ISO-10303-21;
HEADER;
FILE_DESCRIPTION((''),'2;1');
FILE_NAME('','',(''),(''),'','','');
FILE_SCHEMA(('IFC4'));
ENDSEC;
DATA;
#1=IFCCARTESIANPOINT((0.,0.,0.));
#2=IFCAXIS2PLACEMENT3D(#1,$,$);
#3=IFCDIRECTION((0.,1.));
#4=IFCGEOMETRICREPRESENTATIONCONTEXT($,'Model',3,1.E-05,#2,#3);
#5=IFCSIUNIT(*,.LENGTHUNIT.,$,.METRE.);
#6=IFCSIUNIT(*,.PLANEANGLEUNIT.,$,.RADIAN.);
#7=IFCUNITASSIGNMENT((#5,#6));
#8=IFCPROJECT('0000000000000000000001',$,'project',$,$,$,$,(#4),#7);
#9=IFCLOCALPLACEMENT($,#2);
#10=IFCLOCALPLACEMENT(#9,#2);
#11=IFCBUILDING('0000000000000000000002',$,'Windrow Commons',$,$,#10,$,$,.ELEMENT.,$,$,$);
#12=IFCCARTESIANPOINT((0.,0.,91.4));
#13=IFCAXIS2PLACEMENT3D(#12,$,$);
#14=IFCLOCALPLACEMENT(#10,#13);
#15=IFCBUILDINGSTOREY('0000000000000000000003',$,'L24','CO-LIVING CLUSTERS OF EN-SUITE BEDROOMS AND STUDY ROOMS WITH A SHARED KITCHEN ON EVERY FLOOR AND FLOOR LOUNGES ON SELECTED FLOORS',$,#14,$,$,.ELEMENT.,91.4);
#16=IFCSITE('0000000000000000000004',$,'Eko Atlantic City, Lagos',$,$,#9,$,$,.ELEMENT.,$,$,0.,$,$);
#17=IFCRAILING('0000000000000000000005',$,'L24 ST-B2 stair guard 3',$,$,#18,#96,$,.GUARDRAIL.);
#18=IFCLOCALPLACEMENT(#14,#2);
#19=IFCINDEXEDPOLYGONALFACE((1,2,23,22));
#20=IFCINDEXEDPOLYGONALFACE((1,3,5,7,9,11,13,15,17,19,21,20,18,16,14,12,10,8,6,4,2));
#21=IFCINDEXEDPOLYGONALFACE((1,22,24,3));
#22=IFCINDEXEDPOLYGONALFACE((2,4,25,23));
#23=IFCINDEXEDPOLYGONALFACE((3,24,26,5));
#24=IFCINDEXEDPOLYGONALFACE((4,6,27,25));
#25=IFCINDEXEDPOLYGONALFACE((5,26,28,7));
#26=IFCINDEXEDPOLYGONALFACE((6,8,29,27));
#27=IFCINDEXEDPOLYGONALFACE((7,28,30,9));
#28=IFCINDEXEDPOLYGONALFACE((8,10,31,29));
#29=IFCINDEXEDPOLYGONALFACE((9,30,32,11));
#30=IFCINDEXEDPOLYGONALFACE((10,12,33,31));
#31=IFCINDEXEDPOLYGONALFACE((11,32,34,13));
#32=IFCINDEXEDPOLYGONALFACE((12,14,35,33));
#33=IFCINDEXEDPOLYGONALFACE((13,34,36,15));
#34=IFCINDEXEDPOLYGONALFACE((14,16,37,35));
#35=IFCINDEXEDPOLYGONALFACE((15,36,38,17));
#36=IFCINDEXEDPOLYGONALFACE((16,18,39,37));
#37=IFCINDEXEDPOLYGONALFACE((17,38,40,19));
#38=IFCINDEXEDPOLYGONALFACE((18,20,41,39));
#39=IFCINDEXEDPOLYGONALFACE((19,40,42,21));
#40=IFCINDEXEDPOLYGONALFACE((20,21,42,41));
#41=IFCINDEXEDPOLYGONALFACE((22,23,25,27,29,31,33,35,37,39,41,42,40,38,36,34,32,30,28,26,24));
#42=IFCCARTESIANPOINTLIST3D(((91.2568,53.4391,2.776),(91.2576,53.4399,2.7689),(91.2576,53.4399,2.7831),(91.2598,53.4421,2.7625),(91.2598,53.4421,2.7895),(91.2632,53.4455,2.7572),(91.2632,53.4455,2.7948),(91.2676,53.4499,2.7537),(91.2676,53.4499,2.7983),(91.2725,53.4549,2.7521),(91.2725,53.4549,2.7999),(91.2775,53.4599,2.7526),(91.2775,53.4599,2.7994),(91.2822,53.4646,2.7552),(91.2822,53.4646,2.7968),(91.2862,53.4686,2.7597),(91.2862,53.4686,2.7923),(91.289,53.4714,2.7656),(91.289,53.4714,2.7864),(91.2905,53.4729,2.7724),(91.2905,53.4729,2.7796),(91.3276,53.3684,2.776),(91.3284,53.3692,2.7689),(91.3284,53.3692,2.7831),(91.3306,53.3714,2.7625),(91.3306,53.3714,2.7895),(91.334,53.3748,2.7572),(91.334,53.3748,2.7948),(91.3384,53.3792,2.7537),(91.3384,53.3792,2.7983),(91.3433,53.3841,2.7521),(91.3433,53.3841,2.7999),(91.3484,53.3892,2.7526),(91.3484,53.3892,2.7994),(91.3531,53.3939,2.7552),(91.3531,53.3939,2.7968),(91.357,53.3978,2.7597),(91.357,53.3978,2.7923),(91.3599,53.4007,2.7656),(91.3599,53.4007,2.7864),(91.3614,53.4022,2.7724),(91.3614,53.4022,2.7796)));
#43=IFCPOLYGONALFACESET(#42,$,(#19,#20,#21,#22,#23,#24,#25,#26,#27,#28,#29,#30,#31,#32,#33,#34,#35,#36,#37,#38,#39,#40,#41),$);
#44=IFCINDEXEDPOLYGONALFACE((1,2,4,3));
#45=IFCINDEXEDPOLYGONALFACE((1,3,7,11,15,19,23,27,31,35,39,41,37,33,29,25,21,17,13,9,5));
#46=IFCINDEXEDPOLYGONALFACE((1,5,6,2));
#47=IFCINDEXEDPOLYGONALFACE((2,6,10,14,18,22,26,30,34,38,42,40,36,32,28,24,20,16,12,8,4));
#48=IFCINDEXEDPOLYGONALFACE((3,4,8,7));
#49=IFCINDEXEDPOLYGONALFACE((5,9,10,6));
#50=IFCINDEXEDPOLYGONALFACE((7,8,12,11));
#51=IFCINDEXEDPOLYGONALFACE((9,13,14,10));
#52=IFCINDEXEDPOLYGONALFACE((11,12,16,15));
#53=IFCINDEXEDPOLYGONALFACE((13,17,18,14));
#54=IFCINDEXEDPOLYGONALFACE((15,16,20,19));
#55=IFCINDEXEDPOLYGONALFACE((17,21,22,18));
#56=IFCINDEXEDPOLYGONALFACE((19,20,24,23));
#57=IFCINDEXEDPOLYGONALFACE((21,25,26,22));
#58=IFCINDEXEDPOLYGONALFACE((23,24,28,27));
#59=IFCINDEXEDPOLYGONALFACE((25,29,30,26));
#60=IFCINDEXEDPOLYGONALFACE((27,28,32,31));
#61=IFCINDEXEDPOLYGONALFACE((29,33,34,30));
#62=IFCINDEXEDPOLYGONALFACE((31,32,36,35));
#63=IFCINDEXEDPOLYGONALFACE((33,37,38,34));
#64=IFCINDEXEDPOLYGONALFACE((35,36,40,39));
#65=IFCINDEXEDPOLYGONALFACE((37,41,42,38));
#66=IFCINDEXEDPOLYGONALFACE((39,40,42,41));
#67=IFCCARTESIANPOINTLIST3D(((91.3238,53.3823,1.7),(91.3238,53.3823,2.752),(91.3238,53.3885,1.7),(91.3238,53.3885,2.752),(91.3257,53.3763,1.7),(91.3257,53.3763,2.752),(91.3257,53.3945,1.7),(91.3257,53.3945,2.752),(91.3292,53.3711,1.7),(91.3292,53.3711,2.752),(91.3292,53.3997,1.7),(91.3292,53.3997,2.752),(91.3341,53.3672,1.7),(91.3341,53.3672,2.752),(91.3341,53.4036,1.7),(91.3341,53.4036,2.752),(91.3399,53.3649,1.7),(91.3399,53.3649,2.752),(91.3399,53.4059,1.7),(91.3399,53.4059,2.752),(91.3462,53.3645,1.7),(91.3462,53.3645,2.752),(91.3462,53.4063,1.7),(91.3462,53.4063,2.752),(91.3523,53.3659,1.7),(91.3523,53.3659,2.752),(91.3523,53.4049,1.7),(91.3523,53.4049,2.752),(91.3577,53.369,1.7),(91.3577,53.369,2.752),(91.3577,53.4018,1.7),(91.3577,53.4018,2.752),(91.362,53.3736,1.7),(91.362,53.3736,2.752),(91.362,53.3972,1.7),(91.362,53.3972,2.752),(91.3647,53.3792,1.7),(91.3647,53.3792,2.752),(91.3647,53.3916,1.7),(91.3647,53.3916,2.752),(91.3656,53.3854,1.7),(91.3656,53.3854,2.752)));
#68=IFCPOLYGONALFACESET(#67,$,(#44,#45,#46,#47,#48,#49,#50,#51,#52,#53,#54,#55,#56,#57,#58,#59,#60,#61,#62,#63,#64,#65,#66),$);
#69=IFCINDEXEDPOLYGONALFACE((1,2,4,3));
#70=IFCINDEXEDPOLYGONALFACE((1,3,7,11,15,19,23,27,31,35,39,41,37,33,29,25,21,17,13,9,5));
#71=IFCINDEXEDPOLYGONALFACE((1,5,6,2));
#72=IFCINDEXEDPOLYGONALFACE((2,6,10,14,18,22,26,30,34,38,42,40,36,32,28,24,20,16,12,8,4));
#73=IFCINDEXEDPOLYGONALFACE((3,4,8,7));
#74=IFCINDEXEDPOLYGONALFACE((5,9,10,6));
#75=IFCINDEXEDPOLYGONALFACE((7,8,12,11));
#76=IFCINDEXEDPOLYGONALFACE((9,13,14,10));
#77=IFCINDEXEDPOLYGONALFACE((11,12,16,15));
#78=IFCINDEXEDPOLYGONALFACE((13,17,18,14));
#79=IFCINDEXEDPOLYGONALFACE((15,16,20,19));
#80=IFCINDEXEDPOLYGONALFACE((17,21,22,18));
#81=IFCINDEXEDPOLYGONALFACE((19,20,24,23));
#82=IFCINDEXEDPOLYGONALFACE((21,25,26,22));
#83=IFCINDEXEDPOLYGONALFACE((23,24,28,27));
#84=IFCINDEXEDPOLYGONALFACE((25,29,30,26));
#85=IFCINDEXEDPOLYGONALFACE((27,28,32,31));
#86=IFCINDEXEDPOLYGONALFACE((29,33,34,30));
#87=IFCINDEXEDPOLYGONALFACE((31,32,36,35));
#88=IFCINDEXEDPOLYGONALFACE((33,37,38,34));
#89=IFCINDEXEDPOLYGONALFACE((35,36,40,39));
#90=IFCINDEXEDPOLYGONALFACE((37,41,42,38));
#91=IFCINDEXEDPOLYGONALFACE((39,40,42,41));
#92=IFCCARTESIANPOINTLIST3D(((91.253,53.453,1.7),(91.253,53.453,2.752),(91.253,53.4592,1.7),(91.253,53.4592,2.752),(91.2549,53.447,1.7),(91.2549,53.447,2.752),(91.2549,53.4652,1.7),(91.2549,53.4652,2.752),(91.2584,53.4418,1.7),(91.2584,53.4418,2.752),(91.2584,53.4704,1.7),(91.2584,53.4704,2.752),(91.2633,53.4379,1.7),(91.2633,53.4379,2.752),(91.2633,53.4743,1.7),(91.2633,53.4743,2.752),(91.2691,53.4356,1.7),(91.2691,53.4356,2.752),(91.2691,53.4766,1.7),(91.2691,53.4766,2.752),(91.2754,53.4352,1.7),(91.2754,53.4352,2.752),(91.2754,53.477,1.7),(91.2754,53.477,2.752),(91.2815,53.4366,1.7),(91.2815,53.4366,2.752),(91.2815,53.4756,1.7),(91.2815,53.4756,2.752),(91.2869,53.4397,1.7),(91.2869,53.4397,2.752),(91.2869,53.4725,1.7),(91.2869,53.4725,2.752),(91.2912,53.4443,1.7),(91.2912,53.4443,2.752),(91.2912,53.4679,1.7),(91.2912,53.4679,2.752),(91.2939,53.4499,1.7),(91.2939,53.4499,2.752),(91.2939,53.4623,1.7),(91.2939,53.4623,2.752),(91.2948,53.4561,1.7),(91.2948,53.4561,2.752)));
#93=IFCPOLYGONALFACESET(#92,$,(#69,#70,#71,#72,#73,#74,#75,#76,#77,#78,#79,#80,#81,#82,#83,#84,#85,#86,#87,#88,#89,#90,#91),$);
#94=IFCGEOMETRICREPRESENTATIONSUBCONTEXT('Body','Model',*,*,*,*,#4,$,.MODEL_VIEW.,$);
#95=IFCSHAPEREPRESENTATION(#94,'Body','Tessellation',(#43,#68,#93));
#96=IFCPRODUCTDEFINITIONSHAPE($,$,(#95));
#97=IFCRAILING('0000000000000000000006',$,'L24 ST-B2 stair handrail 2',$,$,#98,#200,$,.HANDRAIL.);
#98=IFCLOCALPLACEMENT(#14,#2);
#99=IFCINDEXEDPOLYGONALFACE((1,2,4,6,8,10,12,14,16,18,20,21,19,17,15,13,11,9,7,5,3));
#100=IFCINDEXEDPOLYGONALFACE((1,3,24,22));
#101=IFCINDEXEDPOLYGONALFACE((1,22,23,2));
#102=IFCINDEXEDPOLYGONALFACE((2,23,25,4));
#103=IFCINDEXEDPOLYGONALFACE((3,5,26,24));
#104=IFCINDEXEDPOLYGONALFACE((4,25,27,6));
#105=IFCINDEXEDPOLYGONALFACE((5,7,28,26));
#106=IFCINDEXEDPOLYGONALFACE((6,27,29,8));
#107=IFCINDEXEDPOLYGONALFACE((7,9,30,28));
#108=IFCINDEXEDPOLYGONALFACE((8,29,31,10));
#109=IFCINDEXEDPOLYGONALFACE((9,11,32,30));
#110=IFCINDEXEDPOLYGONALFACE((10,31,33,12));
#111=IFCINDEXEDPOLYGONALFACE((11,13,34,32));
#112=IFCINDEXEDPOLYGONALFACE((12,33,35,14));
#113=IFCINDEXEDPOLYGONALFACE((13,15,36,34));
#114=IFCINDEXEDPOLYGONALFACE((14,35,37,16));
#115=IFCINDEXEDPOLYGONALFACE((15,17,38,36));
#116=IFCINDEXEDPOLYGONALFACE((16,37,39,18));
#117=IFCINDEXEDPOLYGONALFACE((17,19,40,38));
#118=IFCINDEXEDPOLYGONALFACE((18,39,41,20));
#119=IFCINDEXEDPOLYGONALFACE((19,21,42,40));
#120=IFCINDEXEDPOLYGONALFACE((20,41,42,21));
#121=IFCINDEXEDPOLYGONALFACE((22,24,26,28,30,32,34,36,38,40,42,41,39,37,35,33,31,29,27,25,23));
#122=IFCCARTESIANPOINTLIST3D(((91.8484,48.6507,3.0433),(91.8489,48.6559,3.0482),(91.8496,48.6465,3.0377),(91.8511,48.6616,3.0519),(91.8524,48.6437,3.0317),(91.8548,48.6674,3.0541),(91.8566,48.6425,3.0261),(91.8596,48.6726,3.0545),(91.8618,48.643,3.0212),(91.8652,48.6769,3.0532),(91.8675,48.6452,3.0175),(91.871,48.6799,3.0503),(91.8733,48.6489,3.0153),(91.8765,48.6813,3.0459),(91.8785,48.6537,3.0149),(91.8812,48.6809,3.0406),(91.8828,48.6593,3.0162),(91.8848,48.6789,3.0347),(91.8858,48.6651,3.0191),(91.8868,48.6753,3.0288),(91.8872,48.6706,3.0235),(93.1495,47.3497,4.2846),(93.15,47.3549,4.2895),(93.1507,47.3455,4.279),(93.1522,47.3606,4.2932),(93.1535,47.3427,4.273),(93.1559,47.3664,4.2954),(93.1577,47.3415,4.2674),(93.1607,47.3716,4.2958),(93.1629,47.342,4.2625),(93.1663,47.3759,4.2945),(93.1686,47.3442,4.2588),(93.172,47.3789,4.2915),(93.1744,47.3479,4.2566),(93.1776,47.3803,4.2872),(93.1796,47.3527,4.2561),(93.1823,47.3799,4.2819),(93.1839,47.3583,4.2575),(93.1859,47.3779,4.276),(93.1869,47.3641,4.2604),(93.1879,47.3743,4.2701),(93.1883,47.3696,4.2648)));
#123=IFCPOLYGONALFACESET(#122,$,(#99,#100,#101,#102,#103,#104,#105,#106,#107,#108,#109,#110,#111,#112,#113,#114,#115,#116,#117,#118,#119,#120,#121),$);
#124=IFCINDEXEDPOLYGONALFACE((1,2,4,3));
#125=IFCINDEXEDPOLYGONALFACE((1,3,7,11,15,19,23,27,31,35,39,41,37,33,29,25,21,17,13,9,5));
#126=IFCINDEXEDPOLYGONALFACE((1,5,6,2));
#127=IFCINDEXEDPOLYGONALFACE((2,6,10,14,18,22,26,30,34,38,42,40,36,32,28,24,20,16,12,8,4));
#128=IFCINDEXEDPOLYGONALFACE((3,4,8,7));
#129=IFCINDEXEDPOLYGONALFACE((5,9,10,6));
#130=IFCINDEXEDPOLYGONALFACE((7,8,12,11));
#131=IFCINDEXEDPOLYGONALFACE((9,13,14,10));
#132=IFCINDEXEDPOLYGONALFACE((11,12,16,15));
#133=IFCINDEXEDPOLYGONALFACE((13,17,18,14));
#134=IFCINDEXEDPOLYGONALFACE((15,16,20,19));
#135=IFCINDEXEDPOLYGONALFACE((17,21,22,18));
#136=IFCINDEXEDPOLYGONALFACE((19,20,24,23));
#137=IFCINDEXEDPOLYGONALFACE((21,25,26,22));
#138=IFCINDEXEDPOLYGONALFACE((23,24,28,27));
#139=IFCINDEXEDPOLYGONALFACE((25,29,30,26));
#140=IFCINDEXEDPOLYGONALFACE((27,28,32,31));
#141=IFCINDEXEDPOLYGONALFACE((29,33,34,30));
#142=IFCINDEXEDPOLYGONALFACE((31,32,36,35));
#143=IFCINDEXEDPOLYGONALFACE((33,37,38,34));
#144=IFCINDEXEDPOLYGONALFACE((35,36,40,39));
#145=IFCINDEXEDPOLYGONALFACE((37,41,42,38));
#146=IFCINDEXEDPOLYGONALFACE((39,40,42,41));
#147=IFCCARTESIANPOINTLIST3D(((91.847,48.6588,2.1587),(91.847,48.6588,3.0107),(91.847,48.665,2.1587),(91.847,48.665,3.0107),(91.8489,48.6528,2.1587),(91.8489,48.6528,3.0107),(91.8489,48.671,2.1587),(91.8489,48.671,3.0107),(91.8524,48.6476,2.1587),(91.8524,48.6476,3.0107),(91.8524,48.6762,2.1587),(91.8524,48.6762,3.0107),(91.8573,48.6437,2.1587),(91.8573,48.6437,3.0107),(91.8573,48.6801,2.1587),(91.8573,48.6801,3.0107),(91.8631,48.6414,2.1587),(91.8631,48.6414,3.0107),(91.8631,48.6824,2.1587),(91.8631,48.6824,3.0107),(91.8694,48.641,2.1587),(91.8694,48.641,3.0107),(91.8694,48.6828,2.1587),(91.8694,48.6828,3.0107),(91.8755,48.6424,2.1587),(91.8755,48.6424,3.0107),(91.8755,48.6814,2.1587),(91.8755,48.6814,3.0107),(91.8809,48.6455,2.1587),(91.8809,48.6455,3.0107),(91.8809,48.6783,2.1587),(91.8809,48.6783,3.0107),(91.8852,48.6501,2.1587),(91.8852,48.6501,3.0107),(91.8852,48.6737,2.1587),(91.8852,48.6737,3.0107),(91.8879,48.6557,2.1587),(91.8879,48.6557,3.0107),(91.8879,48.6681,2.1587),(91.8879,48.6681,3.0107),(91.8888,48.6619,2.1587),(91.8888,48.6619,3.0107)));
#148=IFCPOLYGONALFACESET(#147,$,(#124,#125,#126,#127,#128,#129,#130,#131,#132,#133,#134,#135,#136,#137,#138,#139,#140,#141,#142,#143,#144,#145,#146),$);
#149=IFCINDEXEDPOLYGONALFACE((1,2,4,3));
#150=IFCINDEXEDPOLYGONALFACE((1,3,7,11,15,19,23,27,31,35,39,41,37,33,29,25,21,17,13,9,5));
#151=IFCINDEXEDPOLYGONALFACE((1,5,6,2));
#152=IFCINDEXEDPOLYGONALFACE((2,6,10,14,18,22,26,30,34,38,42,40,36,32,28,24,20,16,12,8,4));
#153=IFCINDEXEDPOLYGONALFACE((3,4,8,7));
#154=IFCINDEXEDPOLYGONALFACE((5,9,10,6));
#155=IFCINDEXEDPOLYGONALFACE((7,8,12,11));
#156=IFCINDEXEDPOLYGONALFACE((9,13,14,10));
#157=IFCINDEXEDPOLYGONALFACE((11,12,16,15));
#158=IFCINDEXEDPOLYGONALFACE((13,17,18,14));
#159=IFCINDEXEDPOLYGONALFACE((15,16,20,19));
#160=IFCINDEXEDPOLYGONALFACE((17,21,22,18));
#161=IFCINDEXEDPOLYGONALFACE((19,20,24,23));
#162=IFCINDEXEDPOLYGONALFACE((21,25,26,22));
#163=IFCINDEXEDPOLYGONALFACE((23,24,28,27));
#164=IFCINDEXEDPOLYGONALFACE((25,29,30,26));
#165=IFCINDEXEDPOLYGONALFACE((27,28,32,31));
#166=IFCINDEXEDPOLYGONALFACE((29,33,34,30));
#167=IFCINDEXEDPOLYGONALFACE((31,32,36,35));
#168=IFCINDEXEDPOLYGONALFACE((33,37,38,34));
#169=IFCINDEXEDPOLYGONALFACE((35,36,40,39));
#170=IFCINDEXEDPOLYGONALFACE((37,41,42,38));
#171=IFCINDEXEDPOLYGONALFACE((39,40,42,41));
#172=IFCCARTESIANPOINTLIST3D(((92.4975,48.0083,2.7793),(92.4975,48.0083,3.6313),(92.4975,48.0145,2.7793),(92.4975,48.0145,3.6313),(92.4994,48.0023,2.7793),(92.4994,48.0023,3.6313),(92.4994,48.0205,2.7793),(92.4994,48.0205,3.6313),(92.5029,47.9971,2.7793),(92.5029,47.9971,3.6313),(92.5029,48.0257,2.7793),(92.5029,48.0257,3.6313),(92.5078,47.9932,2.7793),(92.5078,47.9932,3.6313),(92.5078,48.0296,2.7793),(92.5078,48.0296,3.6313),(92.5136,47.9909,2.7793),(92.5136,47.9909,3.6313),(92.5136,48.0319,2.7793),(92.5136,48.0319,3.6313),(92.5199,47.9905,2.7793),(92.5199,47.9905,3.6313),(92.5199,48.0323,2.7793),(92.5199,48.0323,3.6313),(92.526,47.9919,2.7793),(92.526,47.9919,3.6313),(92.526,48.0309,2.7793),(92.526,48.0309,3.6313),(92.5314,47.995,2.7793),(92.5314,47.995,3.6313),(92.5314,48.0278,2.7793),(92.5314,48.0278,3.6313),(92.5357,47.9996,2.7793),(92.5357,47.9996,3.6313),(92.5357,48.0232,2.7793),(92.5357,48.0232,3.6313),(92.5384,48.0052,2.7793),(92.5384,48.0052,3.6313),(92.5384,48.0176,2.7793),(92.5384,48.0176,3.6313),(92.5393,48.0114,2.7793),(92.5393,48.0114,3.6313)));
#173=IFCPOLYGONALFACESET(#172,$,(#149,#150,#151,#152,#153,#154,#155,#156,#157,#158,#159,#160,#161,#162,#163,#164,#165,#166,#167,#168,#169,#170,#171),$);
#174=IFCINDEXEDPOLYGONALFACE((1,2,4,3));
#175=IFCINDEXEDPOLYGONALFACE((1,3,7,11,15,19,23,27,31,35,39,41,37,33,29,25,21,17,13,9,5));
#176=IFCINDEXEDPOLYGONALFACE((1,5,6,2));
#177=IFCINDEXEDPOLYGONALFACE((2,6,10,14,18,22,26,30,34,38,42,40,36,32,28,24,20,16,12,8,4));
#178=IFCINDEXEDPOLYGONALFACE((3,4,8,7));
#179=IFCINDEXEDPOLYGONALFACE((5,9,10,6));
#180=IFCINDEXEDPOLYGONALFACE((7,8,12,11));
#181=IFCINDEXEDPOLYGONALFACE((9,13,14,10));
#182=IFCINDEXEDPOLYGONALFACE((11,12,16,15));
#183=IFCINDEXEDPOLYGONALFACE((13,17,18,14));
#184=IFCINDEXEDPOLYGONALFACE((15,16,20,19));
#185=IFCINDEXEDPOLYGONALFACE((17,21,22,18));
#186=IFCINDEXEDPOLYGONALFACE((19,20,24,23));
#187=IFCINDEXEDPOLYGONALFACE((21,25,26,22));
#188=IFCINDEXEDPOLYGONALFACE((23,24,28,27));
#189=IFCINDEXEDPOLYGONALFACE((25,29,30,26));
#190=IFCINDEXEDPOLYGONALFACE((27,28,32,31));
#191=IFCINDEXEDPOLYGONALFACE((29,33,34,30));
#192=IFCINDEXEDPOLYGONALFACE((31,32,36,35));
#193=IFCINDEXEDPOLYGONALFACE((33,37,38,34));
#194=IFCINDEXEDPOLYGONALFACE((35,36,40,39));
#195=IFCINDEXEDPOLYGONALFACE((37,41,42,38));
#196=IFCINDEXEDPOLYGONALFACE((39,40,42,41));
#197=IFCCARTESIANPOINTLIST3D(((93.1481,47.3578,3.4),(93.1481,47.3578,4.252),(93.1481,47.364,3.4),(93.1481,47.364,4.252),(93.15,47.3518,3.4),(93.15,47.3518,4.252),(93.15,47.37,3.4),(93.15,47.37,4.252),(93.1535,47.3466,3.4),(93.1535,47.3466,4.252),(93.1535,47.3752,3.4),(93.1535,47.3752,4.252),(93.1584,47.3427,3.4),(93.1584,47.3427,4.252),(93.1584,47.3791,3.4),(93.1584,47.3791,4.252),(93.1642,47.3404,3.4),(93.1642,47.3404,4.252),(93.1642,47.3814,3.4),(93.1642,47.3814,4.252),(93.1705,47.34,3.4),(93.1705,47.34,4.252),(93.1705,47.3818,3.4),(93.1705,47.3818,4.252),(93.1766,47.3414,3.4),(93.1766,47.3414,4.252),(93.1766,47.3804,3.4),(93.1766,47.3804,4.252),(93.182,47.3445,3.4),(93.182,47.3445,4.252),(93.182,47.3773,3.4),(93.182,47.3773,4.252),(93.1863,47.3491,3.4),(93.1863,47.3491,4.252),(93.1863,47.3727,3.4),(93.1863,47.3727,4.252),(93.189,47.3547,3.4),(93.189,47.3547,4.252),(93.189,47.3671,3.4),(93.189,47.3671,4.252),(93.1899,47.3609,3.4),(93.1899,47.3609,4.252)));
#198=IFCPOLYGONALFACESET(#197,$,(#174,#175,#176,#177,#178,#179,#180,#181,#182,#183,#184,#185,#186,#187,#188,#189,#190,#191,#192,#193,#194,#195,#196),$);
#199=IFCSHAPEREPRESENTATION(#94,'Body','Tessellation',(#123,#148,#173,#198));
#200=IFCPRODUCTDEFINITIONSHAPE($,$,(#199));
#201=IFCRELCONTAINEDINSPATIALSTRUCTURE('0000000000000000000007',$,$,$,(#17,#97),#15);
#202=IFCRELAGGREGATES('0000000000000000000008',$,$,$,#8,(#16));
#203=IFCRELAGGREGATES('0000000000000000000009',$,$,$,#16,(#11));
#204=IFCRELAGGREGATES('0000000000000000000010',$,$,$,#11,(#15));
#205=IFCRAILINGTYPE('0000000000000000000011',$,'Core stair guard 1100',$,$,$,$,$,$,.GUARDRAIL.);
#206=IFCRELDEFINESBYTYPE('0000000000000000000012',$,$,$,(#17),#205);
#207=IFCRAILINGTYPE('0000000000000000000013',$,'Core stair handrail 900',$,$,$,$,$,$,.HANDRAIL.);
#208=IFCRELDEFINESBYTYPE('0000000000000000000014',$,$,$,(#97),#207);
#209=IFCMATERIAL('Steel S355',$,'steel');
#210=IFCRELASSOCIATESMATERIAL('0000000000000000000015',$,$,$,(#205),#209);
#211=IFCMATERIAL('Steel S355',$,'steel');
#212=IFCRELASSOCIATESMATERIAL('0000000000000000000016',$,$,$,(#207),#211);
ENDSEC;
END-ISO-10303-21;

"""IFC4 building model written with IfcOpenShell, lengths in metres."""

from ifc_helpers import new_model, si_unit, direction, frame, origin, origin_2d, place, context, subcontext, project, spatial, circle, extrude, material, type_object, element, save


model = new_model("IFC4")

# Units and contexts
model_context = context("Model", 3, precision=1e-05, world=origin(), true_north=direction((0.0, 1.0)))
body_context = subcontext(model_context, "Body", "Model", "MODEL_VIEW")
ifc_project = project(units=[si_unit("LENGTHUNIT", "METRE"), si_unit("PLANEANGLEUNIT", "RADIAN")], contexts=[model_context])

# Site, building, storey
site_placement = place(None, origin())
site = spatial("IfcSite", under=ifc_project, at=site_placement, Name="Eko Atlantic City, Lagos", CompositionType="ELEMENT", RefElevation=0.0)
building_placement = place(site_placement, origin())
building = spatial("IfcBuilding", under=site, at=building_placement, Name="Windrow Commons", CompositionType="ELEMENT")
storey_placement = place(building_placement, frame((0.0, 0.0, 91.4)))
storey = spatial("IfcBuildingStorey", under=building, at=storey_placement, Name="L24", Description="CO-LIVING CLUSTERS OF EN-SUITE BEDROOMS AND STUDY ROOMS WITH A SHARED KITCHEN ON EVERY FLOOR AND FLOOR LOUNGES ON SELECTED FLOORS", CompositionType="ELEMENT", Elevation=91.4)

# Railings
ifc_material_1 = material(Name="Steel S355", Category="steel")
railing_type_1 = type_object("IfcRailingType", Name="Core stair guard 1100", PredefinedType="GUARDRAIL", material=ifc_material_1)
railing_1_placement = place(storey_placement, frame((91.3446, 53.3854, 1.7)))
element("IfcRailing", 1, at=railing_1_placement, inside=storey, type_object=railing_type_1, Name="L24 ST-B2 stair guard 3", PredefinedType="GUARDRAIL", context=body_context, shape_type="SweptSolid", body=[
    extrude(circle(Radius=0.024, at=origin_2d()), frame((0.0, 0.0, 1.076), z_axis=(-0.707606, 0.706607, 0.0), x_axis=(-0.706607, -0.707606, 0.0)), (0.0, 0.0, 1.0), 0.1001),
    extrude(circle(Radius=0.021, at=origin_2d()), origin(), (0.0, 0.0, 1.0), 1.052),
    extrude(circle(Radius=0.021, at=origin_2d()), frame((-0.0708, 0.0707, 0.0)), (0.0, 0.0, 1.0), 1.052),
])
ifc_material_2 = material(Name="Steel S355", Category="steel")
railing_type_2 = type_object("IfcRailingType", Name="Core stair handrail 900", PredefinedType="HANDRAIL", material=ifc_material_2)
railing_2_placement = place(storey_placement, frame((91.8678, 48.6619, 2.1587)))
element("IfcRailing", 2, at=railing_2_placement, inside=storey, type_object=railing_type_2, Name="L24 ST-B2 stair handrail 2", PredefinedType="HANDRAIL", context=body_context, shape_type="SweptSolid", body=[
    extrude(circle(Radius=0.024, at=origin_2d()), frame((0.0, 0.0, 0.876), z_axis=(0.586207, -0.586162, 0.559264), x_axis=(0.70708, 0.707134, 0.0)), (0.0, 0.0, 1.0), 2.2195),
    extrude(circle(Radius=0.021, at=origin_2d()), origin(), (0.0, 0.0, 1.0), 0.852),
    extrude(circle(Radius=0.021, at=origin_2d()), frame((0.6505, -0.6505, 0.6206)), (0.0, 0.0, 1.0), 0.852),
    extrude(circle(Radius=0.021, at=origin_2d()), frame((1.3011, -1.301, 1.2413)), (0.0, 0.0, 1.0), 0.852),
])

save(model, "model.ifc")
